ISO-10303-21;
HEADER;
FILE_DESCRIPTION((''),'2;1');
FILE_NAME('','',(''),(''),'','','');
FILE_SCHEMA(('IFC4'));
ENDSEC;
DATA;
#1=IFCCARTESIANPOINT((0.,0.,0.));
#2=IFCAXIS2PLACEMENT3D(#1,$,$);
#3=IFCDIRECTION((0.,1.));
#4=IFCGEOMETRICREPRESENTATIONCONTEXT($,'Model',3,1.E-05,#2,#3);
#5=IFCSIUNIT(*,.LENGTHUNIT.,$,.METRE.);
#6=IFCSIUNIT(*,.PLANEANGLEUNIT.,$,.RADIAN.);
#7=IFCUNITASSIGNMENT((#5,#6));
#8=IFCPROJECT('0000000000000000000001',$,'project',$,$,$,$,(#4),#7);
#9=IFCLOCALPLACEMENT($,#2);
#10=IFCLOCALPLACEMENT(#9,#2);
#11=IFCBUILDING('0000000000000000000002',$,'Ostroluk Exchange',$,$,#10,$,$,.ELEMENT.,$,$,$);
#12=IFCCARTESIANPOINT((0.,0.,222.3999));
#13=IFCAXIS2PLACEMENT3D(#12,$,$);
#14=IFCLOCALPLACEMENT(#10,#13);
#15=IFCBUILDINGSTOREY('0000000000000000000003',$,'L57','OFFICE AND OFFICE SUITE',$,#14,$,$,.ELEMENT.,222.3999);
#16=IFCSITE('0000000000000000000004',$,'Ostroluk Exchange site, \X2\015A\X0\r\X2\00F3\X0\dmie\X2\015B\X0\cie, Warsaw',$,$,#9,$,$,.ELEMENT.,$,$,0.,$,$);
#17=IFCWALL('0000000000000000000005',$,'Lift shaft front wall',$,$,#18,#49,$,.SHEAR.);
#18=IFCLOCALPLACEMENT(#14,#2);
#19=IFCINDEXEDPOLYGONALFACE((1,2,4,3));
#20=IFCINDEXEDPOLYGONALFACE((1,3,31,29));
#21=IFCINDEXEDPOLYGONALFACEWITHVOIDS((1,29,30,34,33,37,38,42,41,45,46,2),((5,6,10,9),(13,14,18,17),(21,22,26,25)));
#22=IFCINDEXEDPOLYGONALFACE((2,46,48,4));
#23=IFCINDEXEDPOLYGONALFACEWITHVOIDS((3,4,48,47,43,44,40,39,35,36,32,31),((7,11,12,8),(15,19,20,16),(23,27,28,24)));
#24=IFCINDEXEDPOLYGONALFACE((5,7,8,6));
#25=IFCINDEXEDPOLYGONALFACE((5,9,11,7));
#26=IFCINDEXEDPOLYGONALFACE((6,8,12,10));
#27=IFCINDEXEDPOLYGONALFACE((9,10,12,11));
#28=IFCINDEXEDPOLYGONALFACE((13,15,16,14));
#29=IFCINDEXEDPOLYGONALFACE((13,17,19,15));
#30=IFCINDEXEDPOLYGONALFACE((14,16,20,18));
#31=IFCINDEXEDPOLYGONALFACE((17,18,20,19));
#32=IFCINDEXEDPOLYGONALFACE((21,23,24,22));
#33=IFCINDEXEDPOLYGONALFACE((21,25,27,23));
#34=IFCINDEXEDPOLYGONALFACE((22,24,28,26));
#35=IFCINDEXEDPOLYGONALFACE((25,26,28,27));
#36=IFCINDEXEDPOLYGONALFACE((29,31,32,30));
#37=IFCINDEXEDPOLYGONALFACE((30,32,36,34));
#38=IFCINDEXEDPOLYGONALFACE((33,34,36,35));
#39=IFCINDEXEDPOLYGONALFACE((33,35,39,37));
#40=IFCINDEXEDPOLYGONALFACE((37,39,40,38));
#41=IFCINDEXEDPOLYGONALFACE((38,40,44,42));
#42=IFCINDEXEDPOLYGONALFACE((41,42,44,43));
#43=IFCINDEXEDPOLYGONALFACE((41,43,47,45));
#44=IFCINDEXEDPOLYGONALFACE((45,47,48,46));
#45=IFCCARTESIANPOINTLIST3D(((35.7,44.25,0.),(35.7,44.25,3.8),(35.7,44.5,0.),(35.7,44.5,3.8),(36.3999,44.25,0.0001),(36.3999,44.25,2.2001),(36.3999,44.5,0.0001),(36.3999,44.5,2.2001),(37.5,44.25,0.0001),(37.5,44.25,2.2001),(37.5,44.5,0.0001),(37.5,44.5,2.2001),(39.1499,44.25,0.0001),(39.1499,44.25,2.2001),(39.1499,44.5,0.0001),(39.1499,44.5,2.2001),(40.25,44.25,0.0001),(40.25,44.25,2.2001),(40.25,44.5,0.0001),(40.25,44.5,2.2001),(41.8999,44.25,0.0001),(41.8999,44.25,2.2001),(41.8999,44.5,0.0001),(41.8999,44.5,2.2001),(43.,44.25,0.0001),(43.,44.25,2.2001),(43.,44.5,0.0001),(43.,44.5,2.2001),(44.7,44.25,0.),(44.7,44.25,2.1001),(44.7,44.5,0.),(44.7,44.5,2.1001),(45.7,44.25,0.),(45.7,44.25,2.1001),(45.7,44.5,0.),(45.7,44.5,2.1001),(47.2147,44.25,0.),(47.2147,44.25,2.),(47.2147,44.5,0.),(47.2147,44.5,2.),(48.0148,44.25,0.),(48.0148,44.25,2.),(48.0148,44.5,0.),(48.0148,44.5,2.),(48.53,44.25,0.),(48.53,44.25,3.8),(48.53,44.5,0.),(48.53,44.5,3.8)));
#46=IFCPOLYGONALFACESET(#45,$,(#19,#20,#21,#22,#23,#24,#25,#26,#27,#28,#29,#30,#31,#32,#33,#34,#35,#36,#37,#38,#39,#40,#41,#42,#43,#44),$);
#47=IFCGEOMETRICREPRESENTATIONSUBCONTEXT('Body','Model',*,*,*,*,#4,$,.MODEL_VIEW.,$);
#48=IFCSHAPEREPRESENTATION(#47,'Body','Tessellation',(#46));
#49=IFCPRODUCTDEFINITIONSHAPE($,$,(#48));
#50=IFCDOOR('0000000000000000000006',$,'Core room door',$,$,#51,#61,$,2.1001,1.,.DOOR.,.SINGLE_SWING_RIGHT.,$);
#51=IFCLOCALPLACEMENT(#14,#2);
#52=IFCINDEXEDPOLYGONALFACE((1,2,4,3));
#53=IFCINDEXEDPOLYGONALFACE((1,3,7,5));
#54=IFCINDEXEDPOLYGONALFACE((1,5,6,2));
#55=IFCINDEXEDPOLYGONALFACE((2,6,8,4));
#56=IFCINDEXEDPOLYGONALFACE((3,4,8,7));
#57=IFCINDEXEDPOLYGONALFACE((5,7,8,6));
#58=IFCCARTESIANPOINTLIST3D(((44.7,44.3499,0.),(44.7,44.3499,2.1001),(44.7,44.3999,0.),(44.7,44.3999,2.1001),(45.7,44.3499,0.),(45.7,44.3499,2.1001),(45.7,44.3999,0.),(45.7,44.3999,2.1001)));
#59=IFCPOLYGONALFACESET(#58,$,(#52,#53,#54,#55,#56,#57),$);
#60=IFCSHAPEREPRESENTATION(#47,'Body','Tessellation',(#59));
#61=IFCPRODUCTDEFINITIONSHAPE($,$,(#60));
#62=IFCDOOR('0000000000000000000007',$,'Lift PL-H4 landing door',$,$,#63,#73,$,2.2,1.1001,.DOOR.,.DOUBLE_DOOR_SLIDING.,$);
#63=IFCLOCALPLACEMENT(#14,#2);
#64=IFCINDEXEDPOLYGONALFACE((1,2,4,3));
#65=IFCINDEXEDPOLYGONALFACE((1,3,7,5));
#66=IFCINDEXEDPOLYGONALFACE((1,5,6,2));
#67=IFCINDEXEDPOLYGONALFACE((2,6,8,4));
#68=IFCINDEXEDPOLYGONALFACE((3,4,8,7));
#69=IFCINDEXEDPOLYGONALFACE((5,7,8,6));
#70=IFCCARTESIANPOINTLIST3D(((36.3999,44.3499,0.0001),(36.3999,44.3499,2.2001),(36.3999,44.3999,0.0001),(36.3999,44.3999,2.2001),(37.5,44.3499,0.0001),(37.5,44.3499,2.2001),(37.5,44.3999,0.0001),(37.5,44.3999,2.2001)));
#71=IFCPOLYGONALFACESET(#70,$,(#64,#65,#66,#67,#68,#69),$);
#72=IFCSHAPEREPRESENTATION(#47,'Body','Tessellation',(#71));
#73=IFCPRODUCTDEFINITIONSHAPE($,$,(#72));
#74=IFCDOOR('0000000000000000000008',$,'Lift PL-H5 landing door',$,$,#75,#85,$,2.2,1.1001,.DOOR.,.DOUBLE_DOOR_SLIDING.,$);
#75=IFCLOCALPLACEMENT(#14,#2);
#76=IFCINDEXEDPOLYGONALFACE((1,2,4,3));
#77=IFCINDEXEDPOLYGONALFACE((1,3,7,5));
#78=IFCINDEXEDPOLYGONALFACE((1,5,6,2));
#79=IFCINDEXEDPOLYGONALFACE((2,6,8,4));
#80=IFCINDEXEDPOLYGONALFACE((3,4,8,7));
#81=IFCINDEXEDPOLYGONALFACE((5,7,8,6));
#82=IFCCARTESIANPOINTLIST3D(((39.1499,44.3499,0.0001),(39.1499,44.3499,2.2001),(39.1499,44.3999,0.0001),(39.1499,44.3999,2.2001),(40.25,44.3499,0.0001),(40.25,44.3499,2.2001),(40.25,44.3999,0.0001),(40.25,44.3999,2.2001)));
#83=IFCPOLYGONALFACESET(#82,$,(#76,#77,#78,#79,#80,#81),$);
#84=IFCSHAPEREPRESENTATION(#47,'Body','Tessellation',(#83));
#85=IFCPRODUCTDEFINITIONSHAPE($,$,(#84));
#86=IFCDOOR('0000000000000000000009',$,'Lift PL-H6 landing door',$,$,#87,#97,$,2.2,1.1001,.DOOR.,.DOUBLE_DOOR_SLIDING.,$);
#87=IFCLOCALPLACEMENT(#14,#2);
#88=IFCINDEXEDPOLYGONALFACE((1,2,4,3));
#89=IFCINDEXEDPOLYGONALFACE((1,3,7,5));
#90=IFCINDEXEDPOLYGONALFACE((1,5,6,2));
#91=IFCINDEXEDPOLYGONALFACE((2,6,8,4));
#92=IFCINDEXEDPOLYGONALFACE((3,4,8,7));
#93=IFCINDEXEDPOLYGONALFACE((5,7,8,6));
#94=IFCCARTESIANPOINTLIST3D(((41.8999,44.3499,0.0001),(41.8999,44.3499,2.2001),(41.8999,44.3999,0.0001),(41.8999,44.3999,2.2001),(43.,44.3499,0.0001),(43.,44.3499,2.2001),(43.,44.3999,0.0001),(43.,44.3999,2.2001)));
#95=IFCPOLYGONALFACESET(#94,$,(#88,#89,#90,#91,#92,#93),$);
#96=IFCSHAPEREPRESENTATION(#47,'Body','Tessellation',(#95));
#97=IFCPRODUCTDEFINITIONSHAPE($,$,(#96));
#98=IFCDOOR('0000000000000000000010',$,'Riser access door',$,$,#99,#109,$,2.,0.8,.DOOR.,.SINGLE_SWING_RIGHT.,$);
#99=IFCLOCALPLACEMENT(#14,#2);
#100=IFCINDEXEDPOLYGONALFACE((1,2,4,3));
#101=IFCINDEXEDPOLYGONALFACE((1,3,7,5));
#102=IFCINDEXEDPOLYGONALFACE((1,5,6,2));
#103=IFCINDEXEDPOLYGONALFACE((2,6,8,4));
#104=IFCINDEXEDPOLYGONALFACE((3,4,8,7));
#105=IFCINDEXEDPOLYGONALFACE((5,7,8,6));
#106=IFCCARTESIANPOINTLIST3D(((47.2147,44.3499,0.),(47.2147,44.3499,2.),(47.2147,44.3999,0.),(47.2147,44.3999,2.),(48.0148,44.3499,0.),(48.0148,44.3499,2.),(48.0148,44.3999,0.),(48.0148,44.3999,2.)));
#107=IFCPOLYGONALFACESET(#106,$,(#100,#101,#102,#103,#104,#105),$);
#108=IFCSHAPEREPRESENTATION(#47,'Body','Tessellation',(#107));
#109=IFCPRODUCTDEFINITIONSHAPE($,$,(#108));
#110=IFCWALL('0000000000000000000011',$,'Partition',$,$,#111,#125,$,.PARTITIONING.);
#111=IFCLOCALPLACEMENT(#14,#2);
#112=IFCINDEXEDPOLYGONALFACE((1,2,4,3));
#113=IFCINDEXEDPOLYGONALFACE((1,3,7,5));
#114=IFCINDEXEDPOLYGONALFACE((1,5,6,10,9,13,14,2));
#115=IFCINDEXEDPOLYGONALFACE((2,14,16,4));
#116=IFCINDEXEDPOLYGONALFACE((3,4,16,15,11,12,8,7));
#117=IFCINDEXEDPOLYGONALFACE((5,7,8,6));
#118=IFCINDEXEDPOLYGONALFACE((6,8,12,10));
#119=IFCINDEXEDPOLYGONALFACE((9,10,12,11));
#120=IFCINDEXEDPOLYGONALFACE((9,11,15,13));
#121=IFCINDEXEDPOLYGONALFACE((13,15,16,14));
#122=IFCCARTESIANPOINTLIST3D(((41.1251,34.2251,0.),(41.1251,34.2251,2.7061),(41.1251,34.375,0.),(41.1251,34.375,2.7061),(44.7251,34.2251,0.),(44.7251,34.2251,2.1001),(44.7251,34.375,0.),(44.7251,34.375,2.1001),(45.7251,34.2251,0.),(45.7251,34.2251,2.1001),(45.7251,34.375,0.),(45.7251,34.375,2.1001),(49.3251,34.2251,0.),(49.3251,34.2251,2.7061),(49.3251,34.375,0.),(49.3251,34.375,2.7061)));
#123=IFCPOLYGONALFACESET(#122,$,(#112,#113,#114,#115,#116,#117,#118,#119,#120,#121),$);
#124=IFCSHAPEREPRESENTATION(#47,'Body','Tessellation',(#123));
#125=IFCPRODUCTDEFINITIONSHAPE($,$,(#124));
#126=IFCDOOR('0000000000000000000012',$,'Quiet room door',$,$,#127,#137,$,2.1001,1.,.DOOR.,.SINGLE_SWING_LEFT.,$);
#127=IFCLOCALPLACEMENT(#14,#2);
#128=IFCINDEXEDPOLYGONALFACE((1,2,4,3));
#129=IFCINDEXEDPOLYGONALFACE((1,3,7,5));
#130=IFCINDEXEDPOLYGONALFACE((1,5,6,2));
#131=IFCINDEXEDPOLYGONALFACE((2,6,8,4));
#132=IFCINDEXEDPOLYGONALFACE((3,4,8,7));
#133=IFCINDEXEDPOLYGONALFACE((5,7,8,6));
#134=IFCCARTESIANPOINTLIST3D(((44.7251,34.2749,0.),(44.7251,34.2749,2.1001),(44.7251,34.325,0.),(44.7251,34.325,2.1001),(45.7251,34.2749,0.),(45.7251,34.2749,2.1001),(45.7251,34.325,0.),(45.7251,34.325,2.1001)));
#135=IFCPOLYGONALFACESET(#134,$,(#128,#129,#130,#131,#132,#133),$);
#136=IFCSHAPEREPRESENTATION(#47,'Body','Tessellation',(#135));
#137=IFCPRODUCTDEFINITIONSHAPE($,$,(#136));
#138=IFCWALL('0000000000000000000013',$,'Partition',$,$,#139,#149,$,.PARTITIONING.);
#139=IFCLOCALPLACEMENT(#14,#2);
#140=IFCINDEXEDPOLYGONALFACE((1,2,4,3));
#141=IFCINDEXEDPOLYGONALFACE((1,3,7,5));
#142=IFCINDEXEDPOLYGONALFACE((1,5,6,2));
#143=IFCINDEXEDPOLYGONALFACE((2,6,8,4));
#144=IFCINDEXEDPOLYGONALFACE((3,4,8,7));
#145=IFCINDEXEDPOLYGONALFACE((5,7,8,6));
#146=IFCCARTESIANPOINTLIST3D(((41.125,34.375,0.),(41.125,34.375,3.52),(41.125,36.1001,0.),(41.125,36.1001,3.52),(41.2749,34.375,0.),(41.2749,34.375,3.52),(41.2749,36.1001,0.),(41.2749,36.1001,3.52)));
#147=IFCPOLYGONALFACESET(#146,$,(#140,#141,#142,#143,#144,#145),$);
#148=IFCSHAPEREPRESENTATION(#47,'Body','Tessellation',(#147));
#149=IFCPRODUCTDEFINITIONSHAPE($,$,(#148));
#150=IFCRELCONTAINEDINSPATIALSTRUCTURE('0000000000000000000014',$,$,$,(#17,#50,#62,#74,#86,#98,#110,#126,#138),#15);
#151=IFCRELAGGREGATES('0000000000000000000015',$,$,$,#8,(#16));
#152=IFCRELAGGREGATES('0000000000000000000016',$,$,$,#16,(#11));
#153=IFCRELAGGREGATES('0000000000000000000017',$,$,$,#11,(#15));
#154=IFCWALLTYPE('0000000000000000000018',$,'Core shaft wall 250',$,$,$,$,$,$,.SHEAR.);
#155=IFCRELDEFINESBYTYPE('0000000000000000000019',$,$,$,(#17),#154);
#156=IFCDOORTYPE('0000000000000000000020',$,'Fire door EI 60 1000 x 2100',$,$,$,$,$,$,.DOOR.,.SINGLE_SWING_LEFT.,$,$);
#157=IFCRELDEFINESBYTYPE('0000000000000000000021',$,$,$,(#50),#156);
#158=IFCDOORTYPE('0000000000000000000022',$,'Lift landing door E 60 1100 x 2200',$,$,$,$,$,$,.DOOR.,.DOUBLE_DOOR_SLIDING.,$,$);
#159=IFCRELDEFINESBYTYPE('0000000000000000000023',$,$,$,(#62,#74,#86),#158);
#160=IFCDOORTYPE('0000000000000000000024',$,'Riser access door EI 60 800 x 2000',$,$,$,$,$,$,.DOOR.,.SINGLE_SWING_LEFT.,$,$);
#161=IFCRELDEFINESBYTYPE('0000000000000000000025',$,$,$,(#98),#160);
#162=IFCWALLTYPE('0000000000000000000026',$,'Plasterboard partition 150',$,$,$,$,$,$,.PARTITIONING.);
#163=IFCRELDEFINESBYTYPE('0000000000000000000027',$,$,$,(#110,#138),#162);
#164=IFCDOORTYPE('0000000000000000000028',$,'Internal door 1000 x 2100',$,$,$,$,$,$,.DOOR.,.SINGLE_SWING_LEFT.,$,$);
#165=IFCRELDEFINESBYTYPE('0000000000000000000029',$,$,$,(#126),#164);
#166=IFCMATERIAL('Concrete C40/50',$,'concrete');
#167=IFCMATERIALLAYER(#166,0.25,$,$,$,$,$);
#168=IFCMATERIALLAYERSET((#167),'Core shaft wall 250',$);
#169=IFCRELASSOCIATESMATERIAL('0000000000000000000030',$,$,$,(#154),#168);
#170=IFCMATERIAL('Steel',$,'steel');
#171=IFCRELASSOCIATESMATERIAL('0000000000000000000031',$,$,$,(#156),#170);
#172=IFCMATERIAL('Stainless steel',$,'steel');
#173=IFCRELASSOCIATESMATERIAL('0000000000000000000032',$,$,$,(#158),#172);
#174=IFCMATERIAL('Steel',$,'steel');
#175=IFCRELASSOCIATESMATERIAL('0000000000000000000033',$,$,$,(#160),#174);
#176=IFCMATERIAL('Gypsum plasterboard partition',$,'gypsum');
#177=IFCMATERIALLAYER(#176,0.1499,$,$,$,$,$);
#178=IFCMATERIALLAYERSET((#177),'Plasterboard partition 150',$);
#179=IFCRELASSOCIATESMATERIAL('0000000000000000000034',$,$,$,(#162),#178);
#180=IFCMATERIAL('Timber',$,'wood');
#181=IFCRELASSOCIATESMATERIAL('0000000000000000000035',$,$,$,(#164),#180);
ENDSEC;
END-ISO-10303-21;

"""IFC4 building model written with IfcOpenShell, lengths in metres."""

from ifc_helpers import new_model, si_unit, direction, frame, frame_2d, origin, place, context, subcontext, project, spatial, rectangle, extrude, material, layer, layer_set, type_object, element, fill, save


model = new_model("IFC4")

# Units and contexts
model_context = context("Model", 3, precision=1e-05, world=origin(), true_north=direction((0.0, 1.0)))
body_context = subcontext(model_context, "Body", "Model", "MODEL_VIEW")
ifc_project = project(units=[si_unit("LENGTHUNIT", "METRE"), si_unit("PLANEANGLEUNIT", "RADIAN")], contexts=[model_context])

# Site, building, storey
site_placement = place(None, origin())
site = spatial("IfcSite", under=ifc_project, at=site_placement, Name="Ostroluk Exchange site, Śródmieście, Warsaw", CompositionType="ELEMENT", RefElevation=0.0)
building_placement = place(site_placement, origin())
building = spatial("IfcBuilding", under=site, at=building_placement, Name="Ostroluk Exchange", CompositionType="ELEMENT")
storey_placement = place(building_placement, frame((0.0, 0.0, 222.3999)))
storey = spatial("IfcBuildingStorey", under=building, at=storey_placement, Name="L57", Description="OFFICE AND OFFICE SUITE", CompositionType="ELEMENT", Elevation=222.3999)

# Shared definitions
ifc_material_1 = material(Name="Concrete C40/50", Category="concrete")
ifc_layer_1 = layer(ifc_material_1, 0.25)
ifc_layer_set_1 = layer_set([ifc_layer_1], Name="Core shaft wall 250")
wall_type_1 = type_object("IfcWallType", Name="Core shaft wall 250", PredefinedType="SHEAR", material=ifc_layer_set_1)

# Wall, openings, doors
wall_1_placement = place(storey_placement, frame((35.7, 44.375, 0.0), z_axis=(0.0, 0.0, 1.0), x_axis=(1.0, 0.0, 0.0)))
wall_1 = element("IfcWall", 1, at=wall_1_placement, inside=storey, type_object=wall_type_1, Name="Lift shaft front wall", PredefinedType="SHEAR", context=body_context, shape_type="SweptSolid", body=[
    extrude(rectangle(XDim=12.8301, YDim=0.25, at=frame_2d((6.415, 0.0))), origin(), (0.0, 0.0, 1.0), 3.8),
])
opening_1_placement = place(wall_1_placement, frame((0.7, 0.0, 0.0)))
opening_1 = element("IfcOpeningElement", 2, at=opening_1_placement, cuts=wall_1, PredefinedType="OPENING", context=body_context, shape_type="SweptSolid", body=[
    extrude(rectangle(XDim=1.1001, YDim=2.2, at=frame_2d((0.55, 1.1001))), frame((0.0, 0.135, 0.0), z_axis=(0.0, -1.0, 0.0), x_axis=(1.0, 0.0, 0.0)), (0.0, 0.0, 1.0), 0.27),
])
opening_2_placement = place(wall_1_placement, frame((3.45, 0.0, 0.0)))
opening_2 = element("IfcOpeningElement", 3, at=opening_2_placement, cuts=wall_1, PredefinedType="OPENING", context=body_context, shape_type="SweptSolid", body=[
    extrude(rectangle(XDim=1.1001, YDim=2.2, at=frame_2d((0.55, 1.1001))), frame((0.0, 0.135, 0.0), z_axis=(0.0, -1.0, 0.0), x_axis=(1.0, 0.0, 0.0)), (0.0, 0.0, 1.0), 0.27),
])
opening_3_placement = place(wall_1_placement, frame((6.2, 0.0, 0.0)))
opening_3 = element("IfcOpeningElement", 4, at=opening_3_placement, cuts=wall_1, PredefinedType="OPENING", context=body_context, shape_type="SweptSolid", body=[
    extrude(rectangle(XDim=1.1001, YDim=2.2, at=frame_2d((0.55, 1.1001))), frame((0.0, 0.135, 0.0), z_axis=(0.0, -1.0, 0.0), x_axis=(1.0, 0.0, 0.0)), (0.0, 0.0, 1.0), 0.27),
])
opening_4_placement = place(wall_1_placement, frame((9.0, 0.0, 0.0)))
opening_4 = element("IfcOpeningElement", 5, at=opening_4_placement, cuts=wall_1, PredefinedType="OPENING", context=body_context, shape_type="SweptSolid", body=[
    extrude(rectangle(XDim=1.0, YDim=2.1001, at=frame_2d((0.5, 1.05))), frame((0.0, 0.135, 0.0), z_axis=(0.0, -1.0, 0.0), x_axis=(1.0, 0.0, 0.0)), (0.0, 0.0, 1.0), 0.27),
])
opening_5_placement = place(wall_1_placement, frame((11.5149, 0.0, 0.0)))
opening_5 = element("IfcOpeningElement", 6, at=opening_5_placement, cuts=wall_1, PredefinedType="OPENING", context=body_context, shape_type="SweptSolid", body=[
    extrude(rectangle(XDim=0.8, YDim=2.0, at=frame_2d((0.3999, 1.0))), frame((0.0, 0.135, 0.0), z_axis=(0.0, -1.0, 0.0), x_axis=(1.0, 0.0, 0.0)), (0.0, 0.0, 1.0), 0.27),
])
ifc_material_2 = material(Name="Steel", Category="steel")
door_type_1 = type_object("IfcDoorType", Name="Fire door EI 60 1000 x 2100", OperationType="SINGLE_SWING_LEFT", PredefinedType="DOOR", material=ifc_material_2)
door_1_placement = place(opening_4_placement, origin())
door_1 = element("IfcDoor", 7, at=door_1_placement, inside=storey, type_object=door_type_1, Name="Core room door", OperationType="SINGLE_SWING_RIGHT", OverallHeight=2.1001, OverallWidth=1.0, PredefinedType="DOOR", context=body_context, shape_type="SweptSolid", body=[
    extrude(rectangle(XDim=1.0, YDim=2.1001, at=frame_2d((0.5, 1.05))), frame((0.0, 0.0249, 0.0), z_axis=(0.0, -1.0, 0.0), x_axis=(1.0, 0.0, 0.0)), (0.0, 0.0, 1.0), 0.05),
])
fill(opening_4, door_1)
ifc_material_3 = material(Name="Stainless steel", Category="steel")
door_type_2 = type_object("IfcDoorType", Name="Lift landing door E 60 1100 x 2200", OperationType="DOUBLE_DOOR_SLIDING", PredefinedType="DOOR", material=ifc_material_3)
door_2_placement = place(opening_1_placement, origin())
door_2 = element("IfcDoor", 8, at=door_2_placement, inside=storey, type_object=door_type_2, Name="Lift PL-H4 landing door", OperationType="DOUBLE_DOOR_SLIDING", OverallHeight=2.2, OverallWidth=1.1001, PredefinedType="DOOR", context=body_context, shape_type="SweptSolid", body=[
    extrude(rectangle(XDim=1.1001, YDim=2.2, at=frame_2d((0.55, 1.1001))), frame((0.0, 0.0249, 0.0), z_axis=(0.0, -1.0, 0.0), x_axis=(1.0, 0.0, 0.0)), (0.0, 0.0, 1.0), 0.05),
])
fill(opening_1, door_2)
door_3_placement = place(opening_2_placement, origin())
door_3 = element("IfcDoor", 9, at=door_3_placement, inside=storey, type_object=door_type_2, Name="Lift PL-H5 landing door", OperationType="DOUBLE_DOOR_SLIDING", OverallHeight=2.2, OverallWidth=1.1001, PredefinedType="DOOR", context=body_context, shape_type="SweptSolid", body=[
    extrude(rectangle(XDim=1.1001, YDim=2.2, at=frame_2d((0.55, 1.1001))), frame((0.0, 0.0249, 0.0), z_axis=(0.0, -1.0, 0.0), x_axis=(1.0, 0.0, 0.0)), (0.0, 0.0, 1.0), 0.05),
])
fill(opening_2, door_3)
door_4_placement = place(opening_3_placement, origin())
door_4 = element("IfcDoor", 10, at=door_4_placement, inside=storey, type_object=door_type_2, Name="Lift PL-H6 landing door", OperationType="DOUBLE_DOOR_SLIDING", OverallHeight=2.2, OverallWidth=1.1001, PredefinedType="DOOR", context=body_context, shape_type="SweptSolid", body=[
    extrude(rectangle(XDim=1.1001, YDim=2.2, at=frame_2d((0.55, 1.1001))), frame((0.0, 0.0249, 0.0), z_axis=(0.0, -1.0, 0.0), x_axis=(1.0, 0.0, 0.0)), (0.0, 0.0, 1.0), 0.05),
])
fill(opening_3, door_4)
ifc_material_4 = material(Name="Steel", Category="steel")
door_type_3 = type_object("IfcDoorType", Name="Riser access door EI 60 800 x 2000", OperationType="SINGLE_SWING_LEFT", PredefinedType="DOOR", material=ifc_material_4)
door_5_placement = place(opening_5_placement, origin())
door_5 = element("IfcDoor", 11, at=door_5_placement, inside=storey, type_object=door_type_3, Name="Riser access door", OperationType="SINGLE_SWING_RIGHT", OverallHeight=2.0, OverallWidth=0.8, PredefinedType="DOOR", context=body_context, shape_type="SweptSolid", body=[
    extrude(rectangle(XDim=0.8, YDim=2.0, at=frame_2d((0.3999, 1.0))), frame((0.0, 0.0249, 0.0), z_axis=(0.0, -1.0, 0.0), x_axis=(1.0, 0.0, 0.0)), (0.0, 0.0, 1.0), 0.05),
])
fill(opening_5, door_5)

# Wall, opening, door
ifc_material_5 = material(Name="Gypsum plasterboard partition", Category="gypsum")
ifc_layer_2 = layer(ifc_material_5, 0.1499)
ifc_layer_set_2 = layer_set([ifc_layer_2], Name="Plasterboard partition 150")
wall_type_2 = type_object("IfcWallType", Name="Plasterboard partition 150", PredefinedType="PARTITIONING", material=ifc_layer_set_2)
wall_2_placement = place(storey_placement, frame((41.125, 34.3, 0.0), z_axis=(0.0, 0.0, 1.0), x_axis=(1.0, 0.0, 0.0)))
wall_2 = element("IfcWall", 12, at=wall_2_placement, inside=storey, type_object=wall_type_2, Name="Partition", PredefinedType="PARTITIONING", context=body_context, shape_type="SweptSolid", body=[
    extrude(rectangle(XDim=8.2, YDim=0.1499, at=frame_2d((4.1001, 0.0))), origin(), (0.0, 0.0, 1.0), 2.7061),
])
opening_6_placement = place(wall_2_placement, frame((3.6001, 0.0, 0.0)))
opening_6 = element("IfcOpeningElement", 13, at=opening_6_placement, cuts=wall_2, PredefinedType="OPENING", context=body_context, shape_type="SweptSolid", body=[
    extrude(rectangle(XDim=1.0, YDim=2.1001, at=frame_2d((0.5, 1.05))), frame((0.0, 0.085, 0.0), z_axis=(0.0, -1.0, 0.0), x_axis=(1.0, 0.0, 0.0)), (0.0, 0.0, 1.0), 0.1699),
])
ifc_material_6 = material(Name="Timber", Category="wood")
door_type_4 = type_object("IfcDoorType", Name="Internal door 1000 x 2100", OperationType="SINGLE_SWING_LEFT", PredefinedType="DOOR", material=ifc_material_6)
door_6_placement = place(opening_6_placement, origin())
door_6 = element("IfcDoor", 14, at=door_6_placement, inside=storey, type_object=door_type_4, Name="Quiet room door", OperationType="SINGLE_SWING_LEFT", OverallHeight=2.1001, OverallWidth=1.0, PredefinedType="DOOR", context=body_context, shape_type="SweptSolid", body=[
    extrude(rectangle(XDim=1.0, YDim=2.1001, at=frame_2d((0.5, 1.05))), frame((0.0, 0.0249, 0.0), z_axis=(0.0, -1.0, 0.0), x_axis=(1.0, 0.0, 0.0)), (0.0, 0.0, 1.0), 0.05),
])
fill(opening_6, door_6)

# Wall
wall_3_placement = place(storey_placement, frame((41.2, 36.1001, 0.0), z_axis=(0.0, 0.0, 1.0), x_axis=(0.0, -1.0, 0.0)))
element("IfcWall", 15, at=wall_3_placement, inside=storey, type_object=wall_type_2, Name="Partition", PredefinedType="PARTITIONING", context=body_context, shape_type="SweptSolid", body=[
    extrude(rectangle(XDim=1.7251, YDim=0.1499, at=frame_2d((0.8625, 0.0))), origin(), (0.0, 0.0, 1.0), 3.52),
])

save(model, "model.ifc")
